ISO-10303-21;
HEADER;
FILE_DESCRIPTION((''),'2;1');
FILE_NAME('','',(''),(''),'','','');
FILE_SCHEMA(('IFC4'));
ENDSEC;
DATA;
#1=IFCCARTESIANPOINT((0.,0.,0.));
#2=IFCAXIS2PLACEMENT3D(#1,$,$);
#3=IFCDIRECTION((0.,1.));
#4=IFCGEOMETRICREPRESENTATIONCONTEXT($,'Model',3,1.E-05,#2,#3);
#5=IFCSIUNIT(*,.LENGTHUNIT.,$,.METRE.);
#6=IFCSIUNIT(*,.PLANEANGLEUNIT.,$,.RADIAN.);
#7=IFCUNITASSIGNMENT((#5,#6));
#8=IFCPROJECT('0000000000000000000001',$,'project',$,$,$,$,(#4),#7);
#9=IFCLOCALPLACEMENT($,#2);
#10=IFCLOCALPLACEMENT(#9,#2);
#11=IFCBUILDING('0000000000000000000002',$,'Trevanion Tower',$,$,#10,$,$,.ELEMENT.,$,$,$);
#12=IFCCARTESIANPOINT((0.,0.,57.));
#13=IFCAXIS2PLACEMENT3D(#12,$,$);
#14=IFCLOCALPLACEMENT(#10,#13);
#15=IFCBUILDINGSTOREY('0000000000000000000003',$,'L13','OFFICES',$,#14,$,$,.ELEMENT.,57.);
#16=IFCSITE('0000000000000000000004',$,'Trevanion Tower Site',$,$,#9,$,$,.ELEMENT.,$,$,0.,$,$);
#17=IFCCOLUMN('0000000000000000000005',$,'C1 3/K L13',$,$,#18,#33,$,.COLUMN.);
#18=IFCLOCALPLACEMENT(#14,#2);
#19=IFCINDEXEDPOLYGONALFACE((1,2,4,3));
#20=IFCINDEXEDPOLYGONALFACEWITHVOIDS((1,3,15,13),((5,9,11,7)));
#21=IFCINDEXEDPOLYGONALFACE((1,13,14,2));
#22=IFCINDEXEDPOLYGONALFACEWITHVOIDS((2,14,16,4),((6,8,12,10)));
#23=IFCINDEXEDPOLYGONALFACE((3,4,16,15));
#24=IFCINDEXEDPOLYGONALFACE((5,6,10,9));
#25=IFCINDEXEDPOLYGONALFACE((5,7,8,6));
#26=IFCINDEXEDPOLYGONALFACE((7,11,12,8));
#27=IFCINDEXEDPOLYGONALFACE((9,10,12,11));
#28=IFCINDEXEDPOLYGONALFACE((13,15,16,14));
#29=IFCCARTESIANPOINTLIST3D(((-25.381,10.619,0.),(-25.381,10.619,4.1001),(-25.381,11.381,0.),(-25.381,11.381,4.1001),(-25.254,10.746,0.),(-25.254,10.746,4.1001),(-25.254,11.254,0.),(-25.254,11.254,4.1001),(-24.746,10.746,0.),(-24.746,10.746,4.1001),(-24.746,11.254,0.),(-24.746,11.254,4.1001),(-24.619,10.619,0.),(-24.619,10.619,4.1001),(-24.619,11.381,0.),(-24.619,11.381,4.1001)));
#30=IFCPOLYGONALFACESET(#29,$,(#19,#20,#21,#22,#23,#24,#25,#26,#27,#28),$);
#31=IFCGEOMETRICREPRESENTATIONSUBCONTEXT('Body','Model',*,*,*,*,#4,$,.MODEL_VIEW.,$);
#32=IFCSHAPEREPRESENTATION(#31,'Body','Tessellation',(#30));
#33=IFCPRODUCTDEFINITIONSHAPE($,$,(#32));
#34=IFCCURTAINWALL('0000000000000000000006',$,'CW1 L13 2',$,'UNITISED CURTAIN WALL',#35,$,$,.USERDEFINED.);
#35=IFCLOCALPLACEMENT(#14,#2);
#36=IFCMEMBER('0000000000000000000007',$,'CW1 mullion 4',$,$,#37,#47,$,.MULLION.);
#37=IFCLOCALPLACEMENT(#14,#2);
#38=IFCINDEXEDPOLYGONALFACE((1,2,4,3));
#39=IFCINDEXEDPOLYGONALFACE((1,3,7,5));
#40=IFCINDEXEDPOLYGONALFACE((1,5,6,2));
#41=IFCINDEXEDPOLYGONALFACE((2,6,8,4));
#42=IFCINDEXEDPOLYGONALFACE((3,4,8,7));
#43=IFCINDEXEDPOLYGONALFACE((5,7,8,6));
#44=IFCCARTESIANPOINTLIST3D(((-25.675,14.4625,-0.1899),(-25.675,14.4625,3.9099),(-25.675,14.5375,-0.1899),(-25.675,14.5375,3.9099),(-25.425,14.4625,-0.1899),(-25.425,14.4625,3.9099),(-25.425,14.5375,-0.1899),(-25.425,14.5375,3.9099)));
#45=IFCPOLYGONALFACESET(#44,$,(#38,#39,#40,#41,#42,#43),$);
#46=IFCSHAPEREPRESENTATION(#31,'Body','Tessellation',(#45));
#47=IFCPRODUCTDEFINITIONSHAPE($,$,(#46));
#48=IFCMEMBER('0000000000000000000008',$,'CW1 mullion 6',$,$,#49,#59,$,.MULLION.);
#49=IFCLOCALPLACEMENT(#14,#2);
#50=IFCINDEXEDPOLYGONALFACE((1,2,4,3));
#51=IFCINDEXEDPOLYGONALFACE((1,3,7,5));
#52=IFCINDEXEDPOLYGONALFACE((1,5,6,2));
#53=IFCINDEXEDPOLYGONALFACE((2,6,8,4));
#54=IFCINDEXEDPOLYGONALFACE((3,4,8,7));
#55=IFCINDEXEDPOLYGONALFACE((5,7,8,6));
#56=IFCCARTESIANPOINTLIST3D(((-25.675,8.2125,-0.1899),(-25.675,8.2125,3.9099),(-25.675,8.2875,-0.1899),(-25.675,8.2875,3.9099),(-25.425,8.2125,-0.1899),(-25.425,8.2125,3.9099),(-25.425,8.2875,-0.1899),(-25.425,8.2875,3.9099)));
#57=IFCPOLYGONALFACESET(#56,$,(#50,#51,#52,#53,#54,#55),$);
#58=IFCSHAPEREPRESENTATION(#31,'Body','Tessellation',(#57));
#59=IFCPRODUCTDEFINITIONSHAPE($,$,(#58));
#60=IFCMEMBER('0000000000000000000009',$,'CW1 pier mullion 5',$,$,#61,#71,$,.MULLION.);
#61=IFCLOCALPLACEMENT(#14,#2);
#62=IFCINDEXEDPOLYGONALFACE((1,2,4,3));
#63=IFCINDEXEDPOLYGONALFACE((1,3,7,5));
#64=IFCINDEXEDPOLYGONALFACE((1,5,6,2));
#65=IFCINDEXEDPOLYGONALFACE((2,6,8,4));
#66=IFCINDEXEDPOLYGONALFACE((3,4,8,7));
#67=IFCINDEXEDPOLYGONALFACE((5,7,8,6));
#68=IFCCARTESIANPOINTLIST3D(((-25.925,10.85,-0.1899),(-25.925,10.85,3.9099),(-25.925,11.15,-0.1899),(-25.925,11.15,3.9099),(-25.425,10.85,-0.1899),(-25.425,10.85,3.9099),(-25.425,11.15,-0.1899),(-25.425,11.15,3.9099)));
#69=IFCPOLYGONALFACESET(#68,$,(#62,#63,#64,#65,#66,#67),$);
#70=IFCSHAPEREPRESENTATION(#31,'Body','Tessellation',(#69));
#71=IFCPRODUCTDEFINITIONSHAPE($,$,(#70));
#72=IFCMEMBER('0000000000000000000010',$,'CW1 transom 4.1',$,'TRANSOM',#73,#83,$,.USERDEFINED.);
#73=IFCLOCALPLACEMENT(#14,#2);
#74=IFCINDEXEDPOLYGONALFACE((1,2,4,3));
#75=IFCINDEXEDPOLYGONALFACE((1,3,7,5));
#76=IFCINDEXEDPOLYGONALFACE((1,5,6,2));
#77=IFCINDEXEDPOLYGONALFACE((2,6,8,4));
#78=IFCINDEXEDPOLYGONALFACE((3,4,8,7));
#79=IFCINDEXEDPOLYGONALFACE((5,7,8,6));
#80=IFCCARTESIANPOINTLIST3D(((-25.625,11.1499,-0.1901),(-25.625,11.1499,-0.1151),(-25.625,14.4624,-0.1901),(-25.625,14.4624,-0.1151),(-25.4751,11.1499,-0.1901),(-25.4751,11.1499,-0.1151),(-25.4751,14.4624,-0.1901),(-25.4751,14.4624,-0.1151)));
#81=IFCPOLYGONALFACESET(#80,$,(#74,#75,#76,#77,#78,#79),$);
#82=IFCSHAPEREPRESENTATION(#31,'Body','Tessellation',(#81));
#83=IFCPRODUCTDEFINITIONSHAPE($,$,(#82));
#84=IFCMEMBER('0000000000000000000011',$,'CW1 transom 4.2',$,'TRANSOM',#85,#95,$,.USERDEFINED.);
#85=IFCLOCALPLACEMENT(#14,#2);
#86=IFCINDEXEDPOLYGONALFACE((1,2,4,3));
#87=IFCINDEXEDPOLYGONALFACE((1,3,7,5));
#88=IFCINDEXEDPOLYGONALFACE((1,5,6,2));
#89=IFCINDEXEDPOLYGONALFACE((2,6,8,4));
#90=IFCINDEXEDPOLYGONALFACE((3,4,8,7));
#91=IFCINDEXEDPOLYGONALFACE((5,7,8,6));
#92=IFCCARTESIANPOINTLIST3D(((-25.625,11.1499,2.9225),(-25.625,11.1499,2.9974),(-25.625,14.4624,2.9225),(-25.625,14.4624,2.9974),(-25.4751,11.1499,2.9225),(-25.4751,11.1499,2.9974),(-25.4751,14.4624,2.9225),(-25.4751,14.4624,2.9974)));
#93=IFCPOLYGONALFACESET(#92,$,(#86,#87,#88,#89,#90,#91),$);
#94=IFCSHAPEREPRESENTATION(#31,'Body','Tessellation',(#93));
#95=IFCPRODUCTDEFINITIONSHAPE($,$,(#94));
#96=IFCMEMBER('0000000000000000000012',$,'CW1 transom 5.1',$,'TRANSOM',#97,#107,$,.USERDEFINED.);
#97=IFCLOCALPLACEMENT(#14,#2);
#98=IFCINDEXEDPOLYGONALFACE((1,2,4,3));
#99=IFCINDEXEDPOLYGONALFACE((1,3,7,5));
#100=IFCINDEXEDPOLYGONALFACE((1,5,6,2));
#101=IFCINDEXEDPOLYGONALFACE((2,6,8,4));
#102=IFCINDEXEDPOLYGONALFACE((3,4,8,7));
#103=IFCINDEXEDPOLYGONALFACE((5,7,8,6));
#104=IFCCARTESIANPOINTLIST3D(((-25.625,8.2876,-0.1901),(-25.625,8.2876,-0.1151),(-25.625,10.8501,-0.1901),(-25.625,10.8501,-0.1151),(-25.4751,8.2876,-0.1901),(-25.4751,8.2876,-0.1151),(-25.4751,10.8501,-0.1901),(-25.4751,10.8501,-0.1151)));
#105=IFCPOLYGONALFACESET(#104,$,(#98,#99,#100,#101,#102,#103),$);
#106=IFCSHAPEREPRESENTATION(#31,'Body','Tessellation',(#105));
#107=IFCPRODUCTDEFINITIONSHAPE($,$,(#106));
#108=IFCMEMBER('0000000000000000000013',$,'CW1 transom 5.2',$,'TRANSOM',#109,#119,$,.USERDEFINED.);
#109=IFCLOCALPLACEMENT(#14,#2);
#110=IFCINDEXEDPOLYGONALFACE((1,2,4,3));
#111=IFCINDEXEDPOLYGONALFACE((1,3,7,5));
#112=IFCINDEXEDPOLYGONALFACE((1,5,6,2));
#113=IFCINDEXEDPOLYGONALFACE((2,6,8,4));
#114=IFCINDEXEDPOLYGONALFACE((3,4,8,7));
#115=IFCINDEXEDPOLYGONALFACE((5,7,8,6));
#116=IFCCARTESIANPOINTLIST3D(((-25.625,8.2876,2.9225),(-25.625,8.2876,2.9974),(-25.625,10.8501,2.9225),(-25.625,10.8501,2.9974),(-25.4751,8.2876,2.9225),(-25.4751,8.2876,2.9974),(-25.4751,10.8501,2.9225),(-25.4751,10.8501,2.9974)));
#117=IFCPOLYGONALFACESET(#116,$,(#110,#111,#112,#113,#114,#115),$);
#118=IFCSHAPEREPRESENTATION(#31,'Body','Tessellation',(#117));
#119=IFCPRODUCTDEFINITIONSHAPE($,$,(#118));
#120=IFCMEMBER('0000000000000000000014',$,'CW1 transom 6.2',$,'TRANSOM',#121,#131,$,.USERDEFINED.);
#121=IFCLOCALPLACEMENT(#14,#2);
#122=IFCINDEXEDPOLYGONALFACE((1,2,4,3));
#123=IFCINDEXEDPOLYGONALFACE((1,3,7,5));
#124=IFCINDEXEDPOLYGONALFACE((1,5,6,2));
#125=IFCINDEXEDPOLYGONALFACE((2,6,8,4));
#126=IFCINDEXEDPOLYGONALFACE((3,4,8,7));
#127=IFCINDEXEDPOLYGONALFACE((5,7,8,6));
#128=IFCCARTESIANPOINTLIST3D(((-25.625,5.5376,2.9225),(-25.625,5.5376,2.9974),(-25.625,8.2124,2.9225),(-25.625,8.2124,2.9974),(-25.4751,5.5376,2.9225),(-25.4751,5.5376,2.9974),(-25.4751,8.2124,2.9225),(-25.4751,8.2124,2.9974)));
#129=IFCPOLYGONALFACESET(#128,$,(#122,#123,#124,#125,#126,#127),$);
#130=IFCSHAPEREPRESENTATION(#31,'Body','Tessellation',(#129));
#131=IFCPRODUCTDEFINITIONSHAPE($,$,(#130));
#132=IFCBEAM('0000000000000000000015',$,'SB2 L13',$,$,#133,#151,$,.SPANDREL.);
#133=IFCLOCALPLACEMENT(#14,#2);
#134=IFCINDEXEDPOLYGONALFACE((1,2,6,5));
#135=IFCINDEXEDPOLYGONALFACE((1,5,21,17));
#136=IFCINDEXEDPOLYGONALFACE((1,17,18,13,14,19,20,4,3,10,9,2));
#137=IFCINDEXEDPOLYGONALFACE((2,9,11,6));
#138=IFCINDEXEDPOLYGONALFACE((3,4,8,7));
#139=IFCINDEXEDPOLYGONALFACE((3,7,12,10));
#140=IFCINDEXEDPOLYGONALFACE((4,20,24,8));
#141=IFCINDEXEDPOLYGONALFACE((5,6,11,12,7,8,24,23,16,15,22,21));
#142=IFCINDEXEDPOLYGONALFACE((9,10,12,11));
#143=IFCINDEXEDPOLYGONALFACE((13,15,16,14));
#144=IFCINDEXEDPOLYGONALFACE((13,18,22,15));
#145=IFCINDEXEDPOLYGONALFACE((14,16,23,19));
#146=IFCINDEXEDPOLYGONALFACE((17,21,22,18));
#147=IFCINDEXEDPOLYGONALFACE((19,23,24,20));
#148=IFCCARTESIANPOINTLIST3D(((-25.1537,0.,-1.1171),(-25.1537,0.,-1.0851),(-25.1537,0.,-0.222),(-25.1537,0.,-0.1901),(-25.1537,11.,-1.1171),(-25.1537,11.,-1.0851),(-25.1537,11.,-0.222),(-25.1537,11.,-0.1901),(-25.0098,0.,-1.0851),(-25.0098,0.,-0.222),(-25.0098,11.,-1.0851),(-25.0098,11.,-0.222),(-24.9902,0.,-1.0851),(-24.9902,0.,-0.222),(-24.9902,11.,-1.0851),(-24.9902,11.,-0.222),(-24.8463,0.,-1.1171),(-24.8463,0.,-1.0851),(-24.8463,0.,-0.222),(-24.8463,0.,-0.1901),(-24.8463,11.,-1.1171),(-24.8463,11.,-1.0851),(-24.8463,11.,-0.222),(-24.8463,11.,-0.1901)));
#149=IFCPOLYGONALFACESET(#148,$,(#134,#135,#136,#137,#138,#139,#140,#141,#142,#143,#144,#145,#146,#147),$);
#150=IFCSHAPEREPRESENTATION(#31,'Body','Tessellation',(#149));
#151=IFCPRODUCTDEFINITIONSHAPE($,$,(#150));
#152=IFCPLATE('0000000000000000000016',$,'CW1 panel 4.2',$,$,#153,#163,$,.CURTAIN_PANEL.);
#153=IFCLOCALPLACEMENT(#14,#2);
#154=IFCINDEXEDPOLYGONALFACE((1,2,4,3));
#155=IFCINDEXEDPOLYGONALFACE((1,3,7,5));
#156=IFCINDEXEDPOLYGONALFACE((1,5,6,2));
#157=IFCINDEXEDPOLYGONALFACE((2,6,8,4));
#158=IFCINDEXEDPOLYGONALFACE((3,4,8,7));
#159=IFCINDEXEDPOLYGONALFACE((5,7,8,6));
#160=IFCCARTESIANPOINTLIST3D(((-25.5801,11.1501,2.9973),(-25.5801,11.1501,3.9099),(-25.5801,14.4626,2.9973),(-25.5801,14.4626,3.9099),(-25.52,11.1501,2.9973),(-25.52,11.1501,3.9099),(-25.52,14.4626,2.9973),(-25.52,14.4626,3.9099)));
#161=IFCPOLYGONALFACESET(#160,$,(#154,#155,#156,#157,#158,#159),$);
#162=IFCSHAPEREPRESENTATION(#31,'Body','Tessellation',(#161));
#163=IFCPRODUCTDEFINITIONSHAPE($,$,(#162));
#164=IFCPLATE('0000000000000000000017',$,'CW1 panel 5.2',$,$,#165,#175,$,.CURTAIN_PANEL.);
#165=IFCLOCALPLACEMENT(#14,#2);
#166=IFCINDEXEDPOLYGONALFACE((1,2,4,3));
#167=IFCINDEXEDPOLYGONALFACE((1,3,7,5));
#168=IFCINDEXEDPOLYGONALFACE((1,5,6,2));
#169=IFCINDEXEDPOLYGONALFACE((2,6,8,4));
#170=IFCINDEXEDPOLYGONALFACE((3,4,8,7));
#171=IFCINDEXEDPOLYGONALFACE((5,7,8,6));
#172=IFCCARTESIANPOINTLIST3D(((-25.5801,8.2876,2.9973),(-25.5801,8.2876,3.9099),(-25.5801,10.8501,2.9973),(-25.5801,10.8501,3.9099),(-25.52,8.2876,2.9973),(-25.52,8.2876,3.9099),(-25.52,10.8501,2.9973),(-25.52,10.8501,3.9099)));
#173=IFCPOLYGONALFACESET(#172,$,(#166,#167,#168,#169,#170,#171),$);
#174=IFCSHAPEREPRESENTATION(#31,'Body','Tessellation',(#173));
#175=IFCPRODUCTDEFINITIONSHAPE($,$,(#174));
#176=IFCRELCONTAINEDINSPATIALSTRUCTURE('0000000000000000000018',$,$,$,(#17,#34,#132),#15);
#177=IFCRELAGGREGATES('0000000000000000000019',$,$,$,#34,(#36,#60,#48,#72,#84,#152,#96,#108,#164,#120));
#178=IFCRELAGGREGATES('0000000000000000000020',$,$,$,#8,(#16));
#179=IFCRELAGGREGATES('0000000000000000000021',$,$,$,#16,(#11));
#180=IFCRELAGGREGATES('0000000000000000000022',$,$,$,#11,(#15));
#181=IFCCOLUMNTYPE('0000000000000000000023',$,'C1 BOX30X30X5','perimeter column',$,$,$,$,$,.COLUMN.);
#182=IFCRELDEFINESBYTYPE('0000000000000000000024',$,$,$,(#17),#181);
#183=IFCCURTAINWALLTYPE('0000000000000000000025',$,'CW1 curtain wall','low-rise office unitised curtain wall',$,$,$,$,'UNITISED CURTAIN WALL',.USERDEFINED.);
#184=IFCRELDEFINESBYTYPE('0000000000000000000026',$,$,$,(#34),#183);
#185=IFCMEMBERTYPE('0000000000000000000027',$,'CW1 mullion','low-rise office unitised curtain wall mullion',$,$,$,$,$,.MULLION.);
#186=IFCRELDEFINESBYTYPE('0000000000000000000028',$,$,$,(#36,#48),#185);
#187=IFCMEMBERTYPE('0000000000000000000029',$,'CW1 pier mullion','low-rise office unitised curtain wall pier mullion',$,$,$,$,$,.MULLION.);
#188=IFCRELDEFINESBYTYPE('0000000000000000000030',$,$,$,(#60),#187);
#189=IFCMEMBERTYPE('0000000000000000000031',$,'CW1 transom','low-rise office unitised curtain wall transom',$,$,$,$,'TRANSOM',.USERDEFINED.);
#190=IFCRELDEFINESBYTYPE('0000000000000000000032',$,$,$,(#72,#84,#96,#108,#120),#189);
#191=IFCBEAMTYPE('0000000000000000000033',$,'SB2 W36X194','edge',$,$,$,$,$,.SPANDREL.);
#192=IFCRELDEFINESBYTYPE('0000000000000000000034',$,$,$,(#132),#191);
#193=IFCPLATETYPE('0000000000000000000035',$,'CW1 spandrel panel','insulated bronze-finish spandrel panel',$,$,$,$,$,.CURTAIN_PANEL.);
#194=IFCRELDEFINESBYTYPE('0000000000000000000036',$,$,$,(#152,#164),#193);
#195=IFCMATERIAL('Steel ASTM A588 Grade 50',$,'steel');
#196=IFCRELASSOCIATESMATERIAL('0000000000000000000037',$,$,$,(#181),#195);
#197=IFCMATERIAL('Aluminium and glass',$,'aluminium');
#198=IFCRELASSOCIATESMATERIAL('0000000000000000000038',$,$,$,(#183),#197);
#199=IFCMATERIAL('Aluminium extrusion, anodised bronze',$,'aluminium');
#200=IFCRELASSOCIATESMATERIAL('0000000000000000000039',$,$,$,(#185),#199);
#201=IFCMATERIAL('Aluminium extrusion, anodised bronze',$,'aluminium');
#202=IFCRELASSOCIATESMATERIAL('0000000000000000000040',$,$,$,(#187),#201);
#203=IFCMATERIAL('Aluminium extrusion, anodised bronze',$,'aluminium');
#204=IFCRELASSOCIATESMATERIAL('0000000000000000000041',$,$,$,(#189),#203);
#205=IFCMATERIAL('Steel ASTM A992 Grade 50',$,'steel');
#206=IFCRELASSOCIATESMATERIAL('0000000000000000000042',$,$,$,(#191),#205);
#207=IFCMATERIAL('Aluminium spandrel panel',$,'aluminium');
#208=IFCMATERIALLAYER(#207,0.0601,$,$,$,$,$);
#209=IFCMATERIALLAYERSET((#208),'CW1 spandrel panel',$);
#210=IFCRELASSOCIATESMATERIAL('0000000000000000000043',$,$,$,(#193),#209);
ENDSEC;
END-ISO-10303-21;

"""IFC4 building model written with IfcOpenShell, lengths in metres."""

from ifc_helpers import new_model, si_unit, direction, frame, origin, origin_2d, place, context, subcontext, project, spatial, rectangle, hollow_rectangle, i_section, extrude, material, layer, layer_set, material_profile, profile_set, type_object, element, aggregate, save


model = new_model("IFC4")

# Units and contexts
model_context = context("Model", 3, precision=1e-05, world=origin(), true_north=direction((0.0, 1.0)))
body_context = subcontext(model_context, "Body", "Model", "MODEL_VIEW")
ifc_project = project(units=[si_unit("LENGTHUNIT", "METRE"), si_unit("PLANEANGLEUNIT", "RADIAN")], contexts=[model_context])

# Site, building, storey
site_placement = place(None, origin())
site = spatial("IfcSite", under=ifc_project, at=site_placement, Name="Trevanion Tower Site", CompositionType="ELEMENT", RefElevation=0.0)
building_placement = place(site_placement, origin())
building = spatial("IfcBuilding", under=site, at=building_placement, Name="Trevanion Tower", CompositionType="ELEMENT")
storey_placement = place(building_placement, frame((0.0, 0.0, 57.0)))
storey = spatial("IfcBuildingStorey", under=building, at=storey_placement, Name="L13", Description="OFFICES", CompositionType="ELEMENT", Elevation=57.0)

# Column
ifc_material_1 = material(Name="Steel ASTM A588 Grade 50", Category="steel")
ifc_material_profile_1 = material_profile(ifc_material_1, hollow_rectangle(XDim=0.762, YDim=0.762, WallThickness=0.127, at=origin_2d()), Name="BOX30X30X5")
ifc_profile_set_1 = profile_set([ifc_material_profile_1], Name="Steel ASTM A588 Grade 50")
column_type = type_object("IfcColumnType", Name="C1 BOX30X30X5", Description="perimeter column", PredefinedType="COLUMN", material=ifc_profile_set_1)
column_placement = place(storey_placement, frame((-25.0, 11.0, 0.0), z_axis=(0.0, 0.0, 1.0), x_axis=(0.0, 1.0, 0.0)))
element("IfcColumn", 1, at=column_placement, inside=storey, type_object=column_type, Name="C1 3/K L13", PredefinedType="COLUMN", context=body_context, shape_type="SweptSolid", body=[
    extrude(hollow_rectangle(XDim=0.762, YDim=0.762, WallThickness=0.127, at=origin_2d()), origin(), (0.0, 0.0, 1.0), 4.1001),
])

# Curtain wall, members
ifc_material_2 = material(Name="Aluminium and glass", Category="aluminium")
curtain_wall_type = type_object("IfcCurtainWallType", Name="CW1 curtain wall", Description="low-rise office unitised curtain wall", ElementType="UNITISED CURTAIN WALL", PredefinedType="USERDEFINED", material=ifc_material_2)
curtain_wall_placement = place(storey_placement, origin())
curtain_wall = element("IfcCurtainWall", 2, at=curtain_wall_placement, inside=storey, type_object=curtain_wall_type, Name="CW1 L13 2", ObjectType="UNITISED CURTAIN WALL", PredefinedType="USERDEFINED")
ifc_material_3 = material(Name="Aluminium extrusion, anodised bronze", Category="aluminium")
ifc_material_profile_2 = material_profile(ifc_material_3, rectangle(XDim=0.075, YDim=0.25, at=origin_2d()), Name="CW1 mullion")
ifc_profile_set_2 = profile_set([ifc_material_profile_2], Name="Aluminium extrusion, anodised bronze")
member_type_1 = type_object("IfcMemberType", Name="CW1 mullion", Description="low-rise office unitised curtain wall mullion", PredefinedType="MULLION", material=ifc_profile_set_2)
member_1_placement = place(storey_placement, frame((-25.55, 14.5, -0.1899), z_axis=(0.0, 0.0, 1.0), x_axis=(0.0, -1.0, 0.0)))
member_1 = element("IfcMember", 3, at=member_1_placement, type_object=member_type_1, Name="CW1 mullion 4", PredefinedType="MULLION", context=body_context, shape_type="SweptSolid", body=[
    extrude(rectangle(XDim=0.075, YDim=0.25, at=origin_2d()), origin(), (0.0, 0.0, 1.0), 4.0999),
])
member_2_placement = place(storey_placement, frame((-25.55, 8.25, -0.1899), z_axis=(0.0, 0.0, 1.0), x_axis=(0.0, -1.0, 0.0)))
member_2 = element("IfcMember", 4, at=member_2_placement, type_object=member_type_1, Name="CW1 mullion 6", PredefinedType="MULLION", context=body_context, shape_type="SweptSolid", body=[
    extrude(rectangle(XDim=0.075, YDim=0.25, at=origin_2d()), origin(), (0.0, 0.0, 1.0), 4.0999),
])
ifc_material_4 = material(Name="Aluminium extrusion, anodised bronze", Category="aluminium")
ifc_material_profile_3 = material_profile(ifc_material_4, rectangle(XDim=0.3, YDim=0.5, at=origin_2d()), Name="CW1 pier mullion")
ifc_profile_set_3 = profile_set([ifc_material_profile_3], Name="Aluminium extrusion, anodised bronze")
member_type_2 = type_object("IfcMemberType", Name="CW1 pier mullion", Description="low-rise office unitised curtain wall pier mullion", PredefinedType="MULLION", material=ifc_profile_set_3)
member_3_placement = place(storey_placement, frame((-25.675, 11.0, -0.1899), z_axis=(0.0, 0.0, 1.0), x_axis=(0.0, -1.0, 0.0)))
member_3 = element("IfcMember", 5, at=member_3_placement, type_object=member_type_2, Name="CW1 pier mullion 5", PredefinedType="MULLION", context=body_context, shape_type="SweptSolid", body=[
    extrude(rectangle(XDim=0.3, YDim=0.5, at=origin_2d()), origin(), (0.0, 0.0, 1.0), 4.0999),
])
ifc_material_5 = material(Name="Aluminium extrusion, anodised bronze", Category="aluminium")
ifc_material_profile_4 = material_profile(ifc_material_5, rectangle(XDim=0.1499, YDim=0.075, at=origin_2d()), Name="CW1 transom")
ifc_profile_set_4 = profile_set([ifc_material_profile_4], Name="Aluminium extrusion, anodised bronze")
member_type_3 = type_object("IfcMemberType", Name="CW1 transom", Description="low-rise office unitised curtain wall transom", ElementType="TRANSOM", PredefinedType="USERDEFINED", material=ifc_profile_set_4)
member_4_placement = place(storey_placement, frame((-25.55, 14.4624, -0.1526), z_axis=(0.0, -1.0, 0.0), x_axis=(1.0, 0.0, 0.0)))
member_4 = element("IfcMember", 6, at=member_4_placement, type_object=member_type_3, Name="CW1 transom 4.1", ObjectType="TRANSOM", PredefinedType="USERDEFINED", context=body_context, shape_type="SweptSolid", body=[
    extrude(rectangle(XDim=0.1499, YDim=0.075, at=origin_2d()), origin(), (0.0, 0.0, 1.0), 3.3125),
])
member_5_placement = place(storey_placement, frame((-25.55, 14.4624, 2.96), z_axis=(0.0, -1.0, 0.0), x_axis=(1.0, 0.0, 0.0)))
member_5 = element("IfcMember", 7, at=member_5_placement, type_object=member_type_3, Name="CW1 transom 4.2", ObjectType="TRANSOM", PredefinedType="USERDEFINED", context=body_context, shape_type="SweptSolid", body=[
    extrude(rectangle(XDim=0.1499, YDim=0.075, at=origin_2d()), origin(), (0.0, 0.0, 1.0), 3.3125),
])
member_6_placement = place(storey_placement, frame((-25.55, 10.8501, -0.1526), z_axis=(0.0, -1.0, 0.0), x_axis=(1.0, 0.0, 0.0)))
member_6 = element("IfcMember", 8, at=member_6_placement, type_object=member_type_3, Name="CW1 transom 5.1", ObjectType="TRANSOM", PredefinedType="USERDEFINED", context=body_context, shape_type="SweptSolid", body=[
    extrude(rectangle(XDim=0.1499, YDim=0.075, at=origin_2d()), origin(), (0.0, 0.0, 1.0), 2.5625),
])
member_7_placement = place(storey_placement, frame((-25.55, 10.8501, 2.96), z_axis=(0.0, -1.0, 0.0), x_axis=(1.0, 0.0, 0.0)))
member_7 = element("IfcMember", 9, at=member_7_placement, type_object=member_type_3, Name="CW1 transom 5.2", ObjectType="TRANSOM", PredefinedType="USERDEFINED", context=body_context, shape_type="SweptSolid", body=[
    extrude(rectangle(XDim=0.1499, YDim=0.075, at=origin_2d()), origin(), (0.0, 0.0, 1.0), 2.5625),
])
member_8_placement = place(storey_placement, frame((-25.55, 8.2124, 2.96), z_axis=(0.0, -1.0, 0.0), x_axis=(1.0, 0.0, 0.0)))
member_8 = element("IfcMember", 10, at=member_8_placement, type_object=member_type_3, Name="CW1 transom 6.2", ObjectType="TRANSOM", PredefinedType="USERDEFINED", context=body_context, shape_type="SweptSolid", body=[
    extrude(rectangle(XDim=0.1499, YDim=0.075, at=origin_2d()), origin(), (0.0, 0.0, 1.0), 2.6748),
])

# Beam
ifc_material_6 = material(Name="Steel ASTM A992 Grade 50", Category="steel")
ifc_material_profile_5 = material_profile(ifc_material_6, i_section(OverallWidth=0.3074, OverallDepth=0.927, WebThickness=0.0195, FlangeThickness=0.032, at=origin_2d()), Name="W36X194")
ifc_profile_set_5 = profile_set([ifc_material_profile_5], Name="Steel ASTM A992 Grade 50")
beam_type = type_object("IfcBeamType", Name="SB2 W36X194", Description="edge", PredefinedType="SPANDREL", material=ifc_profile_set_5)
beam_placement = place(storey_placement, frame((-25.0, 11.0, -0.6536), z_axis=(0.0, -1.0, 0.0), x_axis=(1.0, 0.0, 0.0)))
element("IfcBeam", 11, at=beam_placement, inside=storey, type_object=beam_type, Name="SB2 L13", PredefinedType="SPANDREL", context=body_context, shape_type="SweptSolid", body=[
    extrude(i_section(OverallWidth=0.3074, OverallDepth=0.927, WebThickness=0.0195, FlangeThickness=0.032, at=origin_2d()), origin(), (0.0, 0.0, 1.0), 11.0),
])

# Plates
ifc_material_7 = material(Name="Aluminium spandrel panel", Category="aluminium")
ifc_layer_1 = layer(ifc_material_7, 0.0601)
ifc_layer_set_1 = layer_set([ifc_layer_1], Name="CW1 spandrel panel")
plate_type_1 = type_object("IfcPlateType", Name="CW1 spandrel panel", Description="insulated bronze-finish spandrel panel", PredefinedType="CURTAIN_PANEL", material=ifc_layer_set_1)
plate_1_placement = place(storey_placement, frame((-25.55, 12.8064, 2.9973), z_axis=(0.0, 0.0, 1.0), x_axis=(0.0, -1.0, 0.0)))
plate_1 = element("IfcPlate", 12, at=plate_1_placement, type_object=plate_type_1, Name="CW1 panel 4.2", PredefinedType="CURTAIN_PANEL", context=body_context, shape_type="SweptSolid", body=[
    extrude(rectangle(XDim=3.3125, YDim=0.0601, at=origin_2d()), origin(), (0.0, 0.0, 1.0), 0.9126),
])
plate_2_placement = place(storey_placement, frame((-25.55, 9.5688, 2.9973), z_axis=(0.0, 0.0, 1.0), x_axis=(0.0, -1.0, 0.0)))
plate_2 = element("IfcPlate", 13, at=plate_2_placement, type_object=plate_type_1, Name="CW1 panel 5.2", PredefinedType="CURTAIN_PANEL", context=body_context, shape_type="SweptSolid", body=[
    extrude(rectangle(XDim=2.5625, YDim=0.0601, at=origin_2d()), origin(), (0.0, 0.0, 1.0), 0.9126),
])
aggregate(curtain_wall, [member_1, member_3, member_2, member_4, member_5, plate_1, member_6, member_7, plate_2, member_8])

save(model, "model.ifc")
